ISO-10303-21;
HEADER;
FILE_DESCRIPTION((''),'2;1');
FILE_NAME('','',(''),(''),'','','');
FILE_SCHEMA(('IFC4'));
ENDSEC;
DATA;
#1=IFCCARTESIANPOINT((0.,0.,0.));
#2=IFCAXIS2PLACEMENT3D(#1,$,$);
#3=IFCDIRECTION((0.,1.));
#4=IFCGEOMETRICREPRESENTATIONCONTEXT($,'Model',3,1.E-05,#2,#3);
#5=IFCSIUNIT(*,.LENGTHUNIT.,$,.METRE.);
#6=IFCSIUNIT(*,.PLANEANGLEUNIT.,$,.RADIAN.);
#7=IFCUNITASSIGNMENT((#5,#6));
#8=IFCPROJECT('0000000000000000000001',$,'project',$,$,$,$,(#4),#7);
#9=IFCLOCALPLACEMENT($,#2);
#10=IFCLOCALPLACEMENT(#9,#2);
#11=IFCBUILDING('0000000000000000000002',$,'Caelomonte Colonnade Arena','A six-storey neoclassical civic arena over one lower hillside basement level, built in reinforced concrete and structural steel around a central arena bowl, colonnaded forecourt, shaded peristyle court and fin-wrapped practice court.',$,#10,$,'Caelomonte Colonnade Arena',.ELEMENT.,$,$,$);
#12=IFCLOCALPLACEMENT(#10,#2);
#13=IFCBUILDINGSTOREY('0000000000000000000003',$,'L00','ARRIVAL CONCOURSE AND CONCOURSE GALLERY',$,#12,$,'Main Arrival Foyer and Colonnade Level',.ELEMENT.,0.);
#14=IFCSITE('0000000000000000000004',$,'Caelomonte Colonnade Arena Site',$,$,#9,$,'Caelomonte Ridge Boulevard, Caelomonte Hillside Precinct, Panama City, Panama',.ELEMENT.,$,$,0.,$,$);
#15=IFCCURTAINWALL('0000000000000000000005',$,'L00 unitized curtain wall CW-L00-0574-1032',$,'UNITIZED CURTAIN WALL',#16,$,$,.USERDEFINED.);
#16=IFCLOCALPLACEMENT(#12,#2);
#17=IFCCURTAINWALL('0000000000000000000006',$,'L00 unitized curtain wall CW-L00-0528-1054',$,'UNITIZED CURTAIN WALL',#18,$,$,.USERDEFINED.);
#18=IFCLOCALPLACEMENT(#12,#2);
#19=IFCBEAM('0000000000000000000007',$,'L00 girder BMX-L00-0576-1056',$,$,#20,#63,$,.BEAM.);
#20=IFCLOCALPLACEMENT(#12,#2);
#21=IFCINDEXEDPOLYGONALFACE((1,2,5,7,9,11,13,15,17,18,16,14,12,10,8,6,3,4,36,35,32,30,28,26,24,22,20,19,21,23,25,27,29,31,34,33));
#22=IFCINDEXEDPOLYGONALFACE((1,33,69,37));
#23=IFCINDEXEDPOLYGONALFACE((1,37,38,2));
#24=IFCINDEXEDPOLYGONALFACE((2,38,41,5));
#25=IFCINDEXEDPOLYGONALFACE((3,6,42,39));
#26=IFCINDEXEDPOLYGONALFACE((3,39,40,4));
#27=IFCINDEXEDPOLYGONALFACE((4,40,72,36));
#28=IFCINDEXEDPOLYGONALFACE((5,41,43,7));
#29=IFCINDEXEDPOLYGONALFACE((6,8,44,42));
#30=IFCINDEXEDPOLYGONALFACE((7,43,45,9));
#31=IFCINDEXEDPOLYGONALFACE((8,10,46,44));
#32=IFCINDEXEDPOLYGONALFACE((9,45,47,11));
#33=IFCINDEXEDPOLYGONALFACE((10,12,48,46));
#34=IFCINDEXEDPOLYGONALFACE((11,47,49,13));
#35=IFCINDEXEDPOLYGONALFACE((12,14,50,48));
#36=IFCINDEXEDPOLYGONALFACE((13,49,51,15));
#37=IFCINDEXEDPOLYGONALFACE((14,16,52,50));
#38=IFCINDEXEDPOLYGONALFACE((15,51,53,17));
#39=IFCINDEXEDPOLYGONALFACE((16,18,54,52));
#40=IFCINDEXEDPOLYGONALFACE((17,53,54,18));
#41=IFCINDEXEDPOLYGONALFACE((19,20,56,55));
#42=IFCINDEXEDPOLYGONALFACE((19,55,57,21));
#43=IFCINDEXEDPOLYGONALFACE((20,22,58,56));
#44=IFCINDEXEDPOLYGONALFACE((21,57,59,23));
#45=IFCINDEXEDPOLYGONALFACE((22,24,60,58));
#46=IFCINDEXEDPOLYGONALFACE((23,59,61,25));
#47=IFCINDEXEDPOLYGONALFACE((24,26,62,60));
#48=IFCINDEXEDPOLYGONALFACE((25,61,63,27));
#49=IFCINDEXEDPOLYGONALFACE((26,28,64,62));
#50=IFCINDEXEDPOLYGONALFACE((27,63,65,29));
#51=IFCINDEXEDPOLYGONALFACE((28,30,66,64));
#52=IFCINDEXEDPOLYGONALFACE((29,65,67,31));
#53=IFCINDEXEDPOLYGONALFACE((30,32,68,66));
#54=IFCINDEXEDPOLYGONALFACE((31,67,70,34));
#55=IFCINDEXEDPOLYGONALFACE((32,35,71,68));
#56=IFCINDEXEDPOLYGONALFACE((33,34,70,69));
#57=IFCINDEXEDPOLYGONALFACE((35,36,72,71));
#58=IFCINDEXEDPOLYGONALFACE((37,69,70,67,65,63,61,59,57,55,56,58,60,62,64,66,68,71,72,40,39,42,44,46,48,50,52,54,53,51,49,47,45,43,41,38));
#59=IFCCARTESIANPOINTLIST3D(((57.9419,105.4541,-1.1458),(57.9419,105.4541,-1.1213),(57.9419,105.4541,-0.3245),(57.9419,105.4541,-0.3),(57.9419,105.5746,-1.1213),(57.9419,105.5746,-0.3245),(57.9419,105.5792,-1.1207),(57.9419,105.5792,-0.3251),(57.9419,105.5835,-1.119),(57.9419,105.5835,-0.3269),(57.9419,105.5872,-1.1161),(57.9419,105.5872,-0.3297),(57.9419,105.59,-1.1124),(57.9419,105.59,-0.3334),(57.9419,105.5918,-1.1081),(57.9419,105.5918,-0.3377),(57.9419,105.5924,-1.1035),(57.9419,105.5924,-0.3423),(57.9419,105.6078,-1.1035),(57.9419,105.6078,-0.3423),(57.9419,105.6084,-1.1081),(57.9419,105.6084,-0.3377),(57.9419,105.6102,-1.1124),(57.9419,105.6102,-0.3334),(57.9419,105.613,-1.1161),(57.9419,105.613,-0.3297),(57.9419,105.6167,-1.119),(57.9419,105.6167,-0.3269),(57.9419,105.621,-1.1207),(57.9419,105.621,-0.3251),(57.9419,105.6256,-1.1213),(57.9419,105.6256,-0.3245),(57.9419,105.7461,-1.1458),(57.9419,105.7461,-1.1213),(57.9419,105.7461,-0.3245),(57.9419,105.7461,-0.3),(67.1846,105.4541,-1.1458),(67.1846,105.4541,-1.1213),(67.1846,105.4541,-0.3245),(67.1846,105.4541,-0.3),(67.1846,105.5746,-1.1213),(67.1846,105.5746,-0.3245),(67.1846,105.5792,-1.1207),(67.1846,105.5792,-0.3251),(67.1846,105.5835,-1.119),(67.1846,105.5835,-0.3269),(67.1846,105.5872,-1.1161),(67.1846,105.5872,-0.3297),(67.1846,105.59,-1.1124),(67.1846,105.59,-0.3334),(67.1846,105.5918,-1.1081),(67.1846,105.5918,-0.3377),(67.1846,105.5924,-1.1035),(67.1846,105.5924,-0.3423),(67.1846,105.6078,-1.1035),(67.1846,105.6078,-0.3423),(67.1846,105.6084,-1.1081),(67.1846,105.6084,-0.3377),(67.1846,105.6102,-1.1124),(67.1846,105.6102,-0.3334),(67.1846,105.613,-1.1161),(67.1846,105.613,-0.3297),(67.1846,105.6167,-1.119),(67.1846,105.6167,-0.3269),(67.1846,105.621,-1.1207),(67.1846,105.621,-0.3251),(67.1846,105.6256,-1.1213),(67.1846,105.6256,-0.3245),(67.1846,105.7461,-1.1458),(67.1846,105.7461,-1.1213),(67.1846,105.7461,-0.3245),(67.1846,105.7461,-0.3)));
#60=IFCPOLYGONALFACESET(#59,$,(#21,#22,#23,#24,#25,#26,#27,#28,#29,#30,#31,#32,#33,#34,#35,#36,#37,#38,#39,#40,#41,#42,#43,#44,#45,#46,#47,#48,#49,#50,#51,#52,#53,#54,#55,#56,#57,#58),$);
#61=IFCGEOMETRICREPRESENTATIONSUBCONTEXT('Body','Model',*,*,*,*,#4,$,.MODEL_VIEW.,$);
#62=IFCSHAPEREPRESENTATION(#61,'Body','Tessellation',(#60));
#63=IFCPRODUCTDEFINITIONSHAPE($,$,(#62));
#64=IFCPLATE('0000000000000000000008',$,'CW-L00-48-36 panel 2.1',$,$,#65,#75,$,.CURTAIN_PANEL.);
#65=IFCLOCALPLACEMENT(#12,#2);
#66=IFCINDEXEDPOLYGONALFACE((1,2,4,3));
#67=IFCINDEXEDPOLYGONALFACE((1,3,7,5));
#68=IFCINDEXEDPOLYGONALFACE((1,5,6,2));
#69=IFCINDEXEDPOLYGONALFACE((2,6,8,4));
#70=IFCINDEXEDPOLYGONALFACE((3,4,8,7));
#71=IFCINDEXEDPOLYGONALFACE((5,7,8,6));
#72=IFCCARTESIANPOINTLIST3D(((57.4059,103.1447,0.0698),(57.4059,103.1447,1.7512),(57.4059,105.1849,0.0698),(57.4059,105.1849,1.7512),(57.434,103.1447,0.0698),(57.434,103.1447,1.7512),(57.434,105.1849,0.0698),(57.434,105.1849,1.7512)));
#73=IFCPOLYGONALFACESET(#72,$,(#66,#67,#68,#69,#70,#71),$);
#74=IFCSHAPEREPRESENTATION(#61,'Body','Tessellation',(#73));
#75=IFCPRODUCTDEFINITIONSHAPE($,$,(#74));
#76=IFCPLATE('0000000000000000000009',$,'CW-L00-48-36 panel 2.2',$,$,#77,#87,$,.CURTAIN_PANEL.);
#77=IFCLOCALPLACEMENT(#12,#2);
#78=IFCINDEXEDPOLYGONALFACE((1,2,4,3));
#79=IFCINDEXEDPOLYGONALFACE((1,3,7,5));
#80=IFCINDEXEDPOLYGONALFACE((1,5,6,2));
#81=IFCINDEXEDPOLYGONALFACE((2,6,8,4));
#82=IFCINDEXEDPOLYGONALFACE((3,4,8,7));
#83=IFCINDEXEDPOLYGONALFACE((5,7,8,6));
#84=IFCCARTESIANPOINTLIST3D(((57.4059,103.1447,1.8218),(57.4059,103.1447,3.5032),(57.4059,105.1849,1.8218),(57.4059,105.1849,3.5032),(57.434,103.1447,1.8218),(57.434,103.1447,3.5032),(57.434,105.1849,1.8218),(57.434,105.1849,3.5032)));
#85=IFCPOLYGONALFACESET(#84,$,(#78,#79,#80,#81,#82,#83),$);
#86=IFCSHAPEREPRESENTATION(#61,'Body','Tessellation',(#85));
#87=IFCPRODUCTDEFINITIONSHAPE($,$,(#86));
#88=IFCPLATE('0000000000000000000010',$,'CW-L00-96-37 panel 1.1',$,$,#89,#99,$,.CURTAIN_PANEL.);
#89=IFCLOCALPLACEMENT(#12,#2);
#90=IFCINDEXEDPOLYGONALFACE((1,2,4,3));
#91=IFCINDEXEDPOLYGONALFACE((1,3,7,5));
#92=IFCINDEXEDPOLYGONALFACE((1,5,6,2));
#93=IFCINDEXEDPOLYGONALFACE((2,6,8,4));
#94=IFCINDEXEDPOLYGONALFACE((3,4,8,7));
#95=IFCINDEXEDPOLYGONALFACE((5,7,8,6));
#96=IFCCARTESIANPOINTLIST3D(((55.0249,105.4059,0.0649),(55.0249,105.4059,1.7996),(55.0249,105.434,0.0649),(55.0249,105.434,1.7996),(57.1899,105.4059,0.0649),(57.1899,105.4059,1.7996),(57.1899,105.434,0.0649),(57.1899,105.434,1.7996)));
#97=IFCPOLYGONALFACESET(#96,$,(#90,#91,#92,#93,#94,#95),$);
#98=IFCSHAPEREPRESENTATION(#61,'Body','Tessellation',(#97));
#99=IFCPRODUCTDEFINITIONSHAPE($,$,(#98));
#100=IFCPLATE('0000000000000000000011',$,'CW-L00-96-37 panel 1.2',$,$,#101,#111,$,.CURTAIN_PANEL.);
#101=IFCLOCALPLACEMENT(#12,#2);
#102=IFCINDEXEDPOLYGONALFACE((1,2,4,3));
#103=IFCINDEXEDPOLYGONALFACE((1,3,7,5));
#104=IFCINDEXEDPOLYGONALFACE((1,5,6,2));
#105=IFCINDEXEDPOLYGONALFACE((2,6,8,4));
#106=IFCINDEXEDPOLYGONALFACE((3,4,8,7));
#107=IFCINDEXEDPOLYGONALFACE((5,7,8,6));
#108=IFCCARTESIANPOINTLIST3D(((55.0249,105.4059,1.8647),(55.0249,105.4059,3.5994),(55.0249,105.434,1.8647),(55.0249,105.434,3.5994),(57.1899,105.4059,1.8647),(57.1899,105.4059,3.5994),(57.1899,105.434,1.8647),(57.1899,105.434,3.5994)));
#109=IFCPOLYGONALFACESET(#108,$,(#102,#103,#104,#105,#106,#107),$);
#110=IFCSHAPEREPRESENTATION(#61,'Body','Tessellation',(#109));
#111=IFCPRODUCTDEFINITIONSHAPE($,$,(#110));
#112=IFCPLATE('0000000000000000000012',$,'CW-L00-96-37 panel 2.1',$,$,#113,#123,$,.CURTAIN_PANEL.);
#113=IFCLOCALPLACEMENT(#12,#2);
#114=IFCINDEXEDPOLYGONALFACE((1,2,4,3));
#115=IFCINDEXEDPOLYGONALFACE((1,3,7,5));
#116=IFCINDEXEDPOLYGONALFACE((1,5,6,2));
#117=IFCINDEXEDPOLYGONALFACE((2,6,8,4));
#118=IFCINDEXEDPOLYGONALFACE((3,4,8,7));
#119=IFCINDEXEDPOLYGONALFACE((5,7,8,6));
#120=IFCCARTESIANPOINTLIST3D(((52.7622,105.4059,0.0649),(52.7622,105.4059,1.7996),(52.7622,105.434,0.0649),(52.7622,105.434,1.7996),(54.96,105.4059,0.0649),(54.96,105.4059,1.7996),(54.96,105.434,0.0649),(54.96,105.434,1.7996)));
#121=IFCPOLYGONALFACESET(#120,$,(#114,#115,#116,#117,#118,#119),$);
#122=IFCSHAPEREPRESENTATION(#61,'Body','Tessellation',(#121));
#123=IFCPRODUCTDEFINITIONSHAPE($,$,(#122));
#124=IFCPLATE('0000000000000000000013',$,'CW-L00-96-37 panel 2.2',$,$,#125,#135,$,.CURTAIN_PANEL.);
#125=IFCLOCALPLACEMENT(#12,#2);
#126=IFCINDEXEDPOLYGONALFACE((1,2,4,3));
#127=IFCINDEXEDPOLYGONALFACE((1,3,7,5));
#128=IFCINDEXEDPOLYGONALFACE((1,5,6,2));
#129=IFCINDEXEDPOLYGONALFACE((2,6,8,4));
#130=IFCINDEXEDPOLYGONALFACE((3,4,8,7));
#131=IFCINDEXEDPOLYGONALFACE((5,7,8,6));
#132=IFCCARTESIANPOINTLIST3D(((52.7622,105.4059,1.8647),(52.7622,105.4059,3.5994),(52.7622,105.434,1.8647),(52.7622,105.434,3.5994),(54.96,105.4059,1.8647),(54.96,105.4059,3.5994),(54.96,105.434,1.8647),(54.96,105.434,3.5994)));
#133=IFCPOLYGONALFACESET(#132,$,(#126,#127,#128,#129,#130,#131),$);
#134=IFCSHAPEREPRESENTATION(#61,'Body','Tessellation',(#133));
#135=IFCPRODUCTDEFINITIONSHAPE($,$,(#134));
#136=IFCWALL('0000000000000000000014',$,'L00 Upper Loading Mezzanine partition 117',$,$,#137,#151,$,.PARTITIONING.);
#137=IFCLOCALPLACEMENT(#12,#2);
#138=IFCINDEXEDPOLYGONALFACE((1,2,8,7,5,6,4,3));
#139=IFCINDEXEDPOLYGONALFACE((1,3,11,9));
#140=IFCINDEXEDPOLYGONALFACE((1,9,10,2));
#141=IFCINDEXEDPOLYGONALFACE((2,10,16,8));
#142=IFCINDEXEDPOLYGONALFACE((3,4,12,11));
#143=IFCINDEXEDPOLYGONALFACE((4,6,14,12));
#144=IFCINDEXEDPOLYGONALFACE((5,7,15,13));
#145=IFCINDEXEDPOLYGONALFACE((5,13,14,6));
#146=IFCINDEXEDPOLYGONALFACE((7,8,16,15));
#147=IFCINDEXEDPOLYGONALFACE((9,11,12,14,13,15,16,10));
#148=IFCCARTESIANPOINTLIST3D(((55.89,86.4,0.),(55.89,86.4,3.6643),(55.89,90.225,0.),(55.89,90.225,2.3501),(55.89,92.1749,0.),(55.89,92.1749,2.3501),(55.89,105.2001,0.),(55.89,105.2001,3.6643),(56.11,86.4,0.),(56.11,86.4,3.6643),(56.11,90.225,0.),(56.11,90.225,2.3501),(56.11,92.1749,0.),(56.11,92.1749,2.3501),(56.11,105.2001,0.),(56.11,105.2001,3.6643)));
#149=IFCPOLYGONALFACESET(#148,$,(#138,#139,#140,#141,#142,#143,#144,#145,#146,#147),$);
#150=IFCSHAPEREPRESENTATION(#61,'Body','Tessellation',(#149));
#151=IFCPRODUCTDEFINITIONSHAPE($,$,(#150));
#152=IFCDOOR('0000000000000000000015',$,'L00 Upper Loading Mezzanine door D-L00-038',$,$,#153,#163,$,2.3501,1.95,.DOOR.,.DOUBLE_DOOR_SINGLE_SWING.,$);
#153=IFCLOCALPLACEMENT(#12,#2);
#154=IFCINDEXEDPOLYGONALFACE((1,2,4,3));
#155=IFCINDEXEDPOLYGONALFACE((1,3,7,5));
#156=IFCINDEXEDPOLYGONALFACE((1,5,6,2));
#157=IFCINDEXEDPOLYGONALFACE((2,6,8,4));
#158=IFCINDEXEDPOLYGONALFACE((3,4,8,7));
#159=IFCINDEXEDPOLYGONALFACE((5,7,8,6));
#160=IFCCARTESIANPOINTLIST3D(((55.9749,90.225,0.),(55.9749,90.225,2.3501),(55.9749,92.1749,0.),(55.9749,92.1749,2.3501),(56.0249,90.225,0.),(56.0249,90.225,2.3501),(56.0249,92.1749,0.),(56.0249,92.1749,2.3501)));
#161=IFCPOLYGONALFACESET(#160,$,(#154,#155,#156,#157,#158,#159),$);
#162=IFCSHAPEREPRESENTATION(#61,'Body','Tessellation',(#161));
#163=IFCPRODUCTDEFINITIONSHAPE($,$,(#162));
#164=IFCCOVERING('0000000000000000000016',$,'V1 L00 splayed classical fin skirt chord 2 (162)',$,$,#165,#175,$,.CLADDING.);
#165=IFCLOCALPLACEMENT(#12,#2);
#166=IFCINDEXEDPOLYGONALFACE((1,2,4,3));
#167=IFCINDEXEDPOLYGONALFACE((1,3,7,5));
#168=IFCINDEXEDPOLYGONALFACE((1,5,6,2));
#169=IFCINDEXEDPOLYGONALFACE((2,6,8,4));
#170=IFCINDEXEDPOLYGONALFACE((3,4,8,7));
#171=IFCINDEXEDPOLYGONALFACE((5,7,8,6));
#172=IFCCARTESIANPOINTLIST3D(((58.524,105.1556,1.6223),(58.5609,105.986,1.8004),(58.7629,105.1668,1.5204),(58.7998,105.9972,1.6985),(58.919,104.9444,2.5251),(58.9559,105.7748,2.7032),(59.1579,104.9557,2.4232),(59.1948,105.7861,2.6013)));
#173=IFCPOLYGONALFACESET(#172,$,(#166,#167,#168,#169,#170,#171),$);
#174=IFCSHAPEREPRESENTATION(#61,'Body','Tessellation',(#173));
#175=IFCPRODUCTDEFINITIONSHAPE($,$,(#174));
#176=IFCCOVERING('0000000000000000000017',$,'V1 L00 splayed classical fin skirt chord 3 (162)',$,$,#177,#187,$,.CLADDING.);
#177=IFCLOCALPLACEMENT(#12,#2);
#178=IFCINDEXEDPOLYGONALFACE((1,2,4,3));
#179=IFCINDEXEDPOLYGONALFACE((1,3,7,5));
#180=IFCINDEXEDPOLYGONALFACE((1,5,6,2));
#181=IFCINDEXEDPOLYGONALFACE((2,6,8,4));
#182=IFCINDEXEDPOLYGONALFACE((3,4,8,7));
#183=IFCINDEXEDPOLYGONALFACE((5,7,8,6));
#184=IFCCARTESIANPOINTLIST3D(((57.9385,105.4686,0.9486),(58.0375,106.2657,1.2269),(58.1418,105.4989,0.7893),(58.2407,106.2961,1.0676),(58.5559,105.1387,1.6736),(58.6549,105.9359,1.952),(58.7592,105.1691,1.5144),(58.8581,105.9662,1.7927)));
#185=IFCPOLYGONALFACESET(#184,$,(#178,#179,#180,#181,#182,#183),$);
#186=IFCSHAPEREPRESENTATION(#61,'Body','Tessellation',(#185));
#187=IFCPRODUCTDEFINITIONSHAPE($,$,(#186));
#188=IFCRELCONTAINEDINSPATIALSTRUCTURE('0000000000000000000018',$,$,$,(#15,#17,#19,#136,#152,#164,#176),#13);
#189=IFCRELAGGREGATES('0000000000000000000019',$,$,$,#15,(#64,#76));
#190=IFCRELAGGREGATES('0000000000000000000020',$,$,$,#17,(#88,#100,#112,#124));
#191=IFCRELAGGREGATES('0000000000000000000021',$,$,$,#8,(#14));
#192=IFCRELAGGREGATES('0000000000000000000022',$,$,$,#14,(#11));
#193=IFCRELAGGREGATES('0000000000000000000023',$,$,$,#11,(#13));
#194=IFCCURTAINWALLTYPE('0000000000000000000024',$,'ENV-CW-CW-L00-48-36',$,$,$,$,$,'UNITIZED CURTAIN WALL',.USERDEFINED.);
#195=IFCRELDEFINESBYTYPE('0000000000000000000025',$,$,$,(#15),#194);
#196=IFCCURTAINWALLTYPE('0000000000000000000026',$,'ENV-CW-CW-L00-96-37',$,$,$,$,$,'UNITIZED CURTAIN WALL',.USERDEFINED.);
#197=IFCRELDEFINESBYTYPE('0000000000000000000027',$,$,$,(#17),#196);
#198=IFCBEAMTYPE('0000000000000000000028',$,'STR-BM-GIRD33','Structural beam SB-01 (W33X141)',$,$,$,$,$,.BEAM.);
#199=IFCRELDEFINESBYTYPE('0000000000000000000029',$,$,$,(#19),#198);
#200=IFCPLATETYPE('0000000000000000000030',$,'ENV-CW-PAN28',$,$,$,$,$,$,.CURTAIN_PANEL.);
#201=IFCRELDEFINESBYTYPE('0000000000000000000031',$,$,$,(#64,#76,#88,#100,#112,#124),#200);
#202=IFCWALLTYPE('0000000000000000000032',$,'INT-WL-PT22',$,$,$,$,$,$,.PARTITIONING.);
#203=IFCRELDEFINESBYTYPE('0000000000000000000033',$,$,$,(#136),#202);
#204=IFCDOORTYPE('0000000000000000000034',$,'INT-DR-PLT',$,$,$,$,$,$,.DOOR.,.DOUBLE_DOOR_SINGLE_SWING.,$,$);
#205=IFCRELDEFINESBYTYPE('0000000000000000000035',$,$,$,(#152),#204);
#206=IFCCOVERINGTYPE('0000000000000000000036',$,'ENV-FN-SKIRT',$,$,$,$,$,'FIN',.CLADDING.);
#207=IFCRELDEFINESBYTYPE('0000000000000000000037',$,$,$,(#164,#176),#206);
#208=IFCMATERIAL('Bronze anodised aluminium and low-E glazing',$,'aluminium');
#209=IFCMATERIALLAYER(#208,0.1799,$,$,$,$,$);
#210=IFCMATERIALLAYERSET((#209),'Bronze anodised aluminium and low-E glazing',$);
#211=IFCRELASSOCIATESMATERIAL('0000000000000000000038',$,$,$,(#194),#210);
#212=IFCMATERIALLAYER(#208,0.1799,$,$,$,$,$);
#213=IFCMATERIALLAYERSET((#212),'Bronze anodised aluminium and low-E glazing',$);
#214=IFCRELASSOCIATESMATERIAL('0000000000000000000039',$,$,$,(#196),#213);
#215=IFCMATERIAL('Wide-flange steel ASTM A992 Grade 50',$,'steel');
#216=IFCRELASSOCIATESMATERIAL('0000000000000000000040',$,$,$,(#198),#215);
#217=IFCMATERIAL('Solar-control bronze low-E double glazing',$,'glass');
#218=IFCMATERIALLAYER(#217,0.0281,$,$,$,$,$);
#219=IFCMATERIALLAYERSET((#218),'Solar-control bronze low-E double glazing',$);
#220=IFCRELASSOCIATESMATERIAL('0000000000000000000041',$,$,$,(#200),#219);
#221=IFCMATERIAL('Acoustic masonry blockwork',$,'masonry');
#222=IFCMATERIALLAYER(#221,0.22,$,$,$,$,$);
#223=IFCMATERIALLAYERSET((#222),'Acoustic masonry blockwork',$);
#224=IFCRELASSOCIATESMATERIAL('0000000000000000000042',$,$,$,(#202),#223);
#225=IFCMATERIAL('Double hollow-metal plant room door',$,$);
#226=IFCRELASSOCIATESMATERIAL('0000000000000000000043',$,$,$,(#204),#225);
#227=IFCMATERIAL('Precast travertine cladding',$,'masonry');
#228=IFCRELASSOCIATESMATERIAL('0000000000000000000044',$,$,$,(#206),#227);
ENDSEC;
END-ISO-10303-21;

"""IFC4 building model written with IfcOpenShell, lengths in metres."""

from ifc_helpers import new_model, si_unit, direction, frame, frame_2d, origin, origin_2d, place, context, subcontext, project, spatial, rectangle, i_section, extrude, material, layer, layer_set, material_profile, profile_set, type_object, element, fill, aggregate, save


model = new_model("IFC4")

# Units and contexts
model_context = context("Model", 3, precision=1e-05, world=origin(), true_north=direction((0.0, 1.0)))
body_context = subcontext(model_context, "Body", "Model", "MODEL_VIEW")
ifc_project = project(units=[si_unit("LENGTHUNIT", "METRE"), si_unit("PLANEANGLEUNIT", "RADIAN")], contexts=[model_context])

# Site, building, storey
site_placement = place(None, origin())
site = spatial("IfcSite", under=ifc_project, at=site_placement, Name="Caelomonte Colonnade Arena Site", LongName="Caelomonte Ridge Boulevard, Caelomonte Hillside Precinct, Panama City, Panama", CompositionType="ELEMENT", RefElevation=0.0)
building_placement = place(site_placement, origin())
building = spatial("IfcBuilding", under=site, at=building_placement, Name="Caelomonte Colonnade Arena", Description="A six-storey neoclassical civic arena over one lower hillside basement level, built in reinforced concrete and structural steel around a central arena bowl, colonnaded forecourt, shaded peristyle court and fin-wrapped practice court.", LongName="Caelomonte Colonnade Arena", CompositionType="ELEMENT")
storey_placement = place(building_placement, origin())
storey = spatial("IfcBuildingStorey", under=building, at=storey_placement, Name="L00", Description="ARRIVAL CONCOURSE AND CONCOURSE GALLERY", LongName="Main Arrival Foyer and Colonnade Level", CompositionType="ELEMENT", Elevation=0.0)

# Curtain wall
ifc_material_1 = material(Name="Bronze anodised aluminium and low-E glazing", Category="aluminium")
ifc_layer_1 = layer(ifc_material_1, 0.1799)
ifc_layer_set_1 = layer_set([ifc_layer_1], Name="Bronze anodised aluminium and low-E glazing")
curtain_wall_type_1 = type_object("IfcCurtainWallType", Name="ENV-CW-CW-L00-48-36", ElementType="UNITIZED CURTAIN WALL", PredefinedType="USERDEFINED", material=ifc_layer_set_1)
curtain_wall_1_placement = place(storey_placement, origin())
curtain_wall_1 = element("IfcCurtainWall", 1, at=curtain_wall_1_placement, inside=storey, type_object=curtain_wall_type_1, Name="L00 unitized curtain wall CW-L00-0574-1032", ObjectType="UNITIZED CURTAIN WALL", PredefinedType="USERDEFINED")

# Curtain wall
ifc_layer_2 = layer(ifc_material_1, 0.1799)
ifc_layer_set_2 = layer_set([ifc_layer_2], Name="Bronze anodised aluminium and low-E glazing")
curtain_wall_type_2 = type_object("IfcCurtainWallType", Name="ENV-CW-CW-L00-96-37", ElementType="UNITIZED CURTAIN WALL", PredefinedType="USERDEFINED", material=ifc_layer_set_2)
curtain_wall_2_placement = place(storey_placement, origin())
curtain_wall_2 = element("IfcCurtainWall", 2, at=curtain_wall_2_placement, inside=storey, type_object=curtain_wall_type_2, Name="L00 unitized curtain wall CW-L00-0528-1054", ObjectType="UNITIZED CURTAIN WALL", PredefinedType="USERDEFINED")

# Beam
ifc_material_2 = material(Name="Wide-flange steel ASTM A992 Grade 50", Category="steel")
ifc_material_profile_1 = material_profile(ifc_material_2, i_section(OverallWidth=0.292, OverallDepth=0.8457, WebThickness=0.0154, FlangeThickness=0.0244, FilletRadius=0.0178, at=origin_2d()), Name="W33X141")
ifc_profile_set_1 = profile_set([ifc_material_profile_1], Name="Wide-flange steel ASTM A992 Grade 50")
beam_type = type_object("IfcBeamType", Name="STR-BM-GIRD33", Description="Structural beam SB-01 (W33X141)", PredefinedType="BEAM", material=ifc_profile_set_1)
beam_placement = place(storey_placement, frame((57.9419, 105.6001, -0.7229), z_axis=(1.0, 0.0, 0.0), x_axis=(0.0, 1.0, 0.0)))
element("IfcBeam", 3, at=beam_placement, inside=storey, type_object=beam_type, Name="L00 girder BMX-L00-0576-1056", PredefinedType="BEAM", context=body_context, shape_type="SweptSolid", body=[
    extrude(i_section(OverallWidth=0.292, OverallDepth=0.8457, WebThickness=0.0154, FlangeThickness=0.0244, FilletRadius=0.0178, at=origin_2d()), origin(), (0.0, 0.0, 1.0), 9.2427),
])

# Plates
ifc_material_3 = material(Name="Solar-control bronze low-E double glazing", Category="glass")
ifc_layer_3 = layer(ifc_material_3, 0.0281)
ifc_layer_set_3 = layer_set([ifc_layer_3], Name="Solar-control bronze low-E double glazing")
plate_type = type_object("IfcPlateType", Name="ENV-CW-PAN28", PredefinedType="CURTAIN_PANEL", material=ifc_layer_set_3)
plate_1_placement = place(storey_placement, frame((57.4199, 104.1648, 0.0698), z_axis=(0.0, 0.0, 1.0), x_axis=(0.0, 1.0, 0.0)))
plate_1 = element("IfcPlate", 4, at=plate_1_placement, type_object=plate_type, Name="CW-L00-48-36 panel 2.1", PredefinedType="CURTAIN_PANEL", context=body_context, shape_type="SweptSolid", body=[
    extrude(rectangle(XDim=2.0403, YDim=0.0281, at=origin_2d()), origin(), (0.0, 0.0, 1.0), 1.6814),
])
plate_2_placement = place(storey_placement, frame((57.4199, 104.1648, 1.8218), z_axis=(0.0, 0.0, 1.0), x_axis=(0.0, 1.0, 0.0)))
plate_2 = element("IfcPlate", 5, at=plate_2_placement, type_object=plate_type, Name="CW-L00-48-36 panel 2.2", PredefinedType="CURTAIN_PANEL", context=body_context, shape_type="SweptSolid", body=[
    extrude(rectangle(XDim=2.0403, YDim=0.0281, at=origin_2d()), origin(), (0.0, 0.0, 1.0), 1.6814),
])
aggregate(curtain_wall_1, [plate_1, plate_2])
plate_3_placement = place(storey_placement, frame((56.1074, 105.4199, 0.0649), z_axis=(0.0, 0.0, 1.0), x_axis=(-1.0, 0.0, 0.0)))
plate_3 = element("IfcPlate", 6, at=plate_3_placement, type_object=plate_type, Name="CW-L00-96-37 panel 1.1", PredefinedType="CURTAIN_PANEL", context=body_context, shape_type="SweptSolid", body=[
    extrude(rectangle(XDim=2.165, YDim=0.0281, at=origin_2d()), origin(), (0.0, 0.0, 1.0), 1.7346),
])
plate_4_placement = place(storey_placement, frame((56.1074, 105.4199, 1.8647), z_axis=(0.0, 0.0, 1.0), x_axis=(-1.0, 0.0, 0.0)))
plate_4 = element("IfcPlate", 7, at=plate_4_placement, type_object=plate_type, Name="CW-L00-96-37 panel 1.2", PredefinedType="CURTAIN_PANEL", context=body_context, shape_type="SweptSolid", body=[
    extrude(rectangle(XDim=2.165, YDim=0.0281, at=origin_2d()), origin(), (0.0, 0.0, 1.0), 1.7346),
])
plate_5_placement = place(storey_placement, frame((53.8611, 105.4199, 0.0649), z_axis=(0.0, 0.0, 1.0), x_axis=(-1.0, 0.0, 0.0)))
plate_5 = element("IfcPlate", 8, at=plate_5_placement, type_object=plate_type, Name="CW-L00-96-37 panel 2.1", PredefinedType="CURTAIN_PANEL", context=body_context, shape_type="SweptSolid", body=[
    extrude(rectangle(XDim=2.1978, YDim=0.0281, at=origin_2d()), origin(), (0.0, 0.0, 1.0), 1.7346),
])
plate_6_placement = place(storey_placement, frame((53.8611, 105.4199, 1.8647), z_axis=(0.0, 0.0, 1.0), x_axis=(-1.0, 0.0, 0.0)))
plate_6 = element("IfcPlate", 9, at=plate_6_placement, type_object=plate_type, Name="CW-L00-96-37 panel 2.2", PredefinedType="CURTAIN_PANEL", context=body_context, shape_type="SweptSolid", body=[
    extrude(rectangle(XDim=2.1978, YDim=0.0281, at=origin_2d()), origin(), (0.0, 0.0, 1.0), 1.7346),
])
aggregate(curtain_wall_2, [plate_3, plate_4, plate_5, plate_6])

# Wall, opening, door
ifc_material_4 = material(Name="Acoustic masonry blockwork", Category="masonry")
ifc_layer_4 = layer(ifc_material_4, 0.22)
ifc_layer_set_4 = layer_set([ifc_layer_4], Name="Acoustic masonry blockwork")
wall_type = type_object("IfcWallType", Name="INT-WL-PT22", PredefinedType="PARTITIONING", material=ifc_layer_set_4)
wall_placement = place(storey_placement, frame((56.0, 105.2, 0.0), z_axis=(0.0, 0.0, 1.0), x_axis=(0.0, -1.0, 0.0)))
wall = element("IfcWall", 10, at=wall_placement, inside=storey, type_object=wall_type, Name="L00 Upper Loading Mezzanine partition 117", PredefinedType="PARTITIONING", context=body_context, shape_type="SweptSolid", body=[
    extrude(rectangle(XDim=18.8, YDim=0.22, at=frame_2d((9.3999, 0.0))), origin(), (0.0, 0.0, 1.0), 3.6643),
])
opening_placement = place(wall_placement, frame((13.0249, 0.0, 0.0), z_axis=(0.0, 0.0, 1.0), x_axis=(1.0, 0.0, 0.0)))
opening = element("IfcOpeningElement", 11, at=opening_placement, cuts=wall, PredefinedType="OPENING", context=body_context, shape_type="SweptSolid", body=[
    extrude(rectangle(XDim=1.95, YDim=2.3501, at=frame_2d((0.9751, 1.175))), frame((0.0, 0.1199, 0.0), z_axis=(0.0, -1.0, 0.0), x_axis=(1.0, 0.0, 0.0)), (0.0, 0.0, 1.0), 0.24),
])
ifc_material_5 = material(Name="Double hollow-metal plant room door")
door_type = type_object("IfcDoorType", Name="INT-DR-PLT", OperationType="DOUBLE_DOOR_SINGLE_SWING", PredefinedType="DOOR", material=ifc_material_5)
door_placement = place(opening_placement, origin())
door = element("IfcDoor", 12, at=door_placement, inside=storey, type_object=door_type, Name="L00 Upper Loading Mezzanine door D-L00-038", OperationType="DOUBLE_DOOR_SINGLE_SWING", OverallHeight=2.3501, OverallWidth=1.95, PredefinedType="DOOR", context=body_context, shape_type="SweptSolid", body=[
    extrude(rectangle(XDim=1.95, YDim=2.3501, at=frame_2d((0.9751, 1.175))), frame((0.0, 0.0249, 0.0), z_axis=(0.0, -1.0, 0.0), x_axis=(1.0, 0.0, 0.0)), (0.0, 0.0, 1.0), 0.05),
])
fill(opening, door)

# Coverings
ifc_material_6 = material(Name="Precast travertine cladding", Category="masonry")
ifc_material_profile_2 = material_profile(ifc_material_6, rectangle(XDim=0.26, YDim=0.8501, at=origin_2d()), Name="FIN260X850")
ifc_profile_set_2 = profile_set([ifc_material_profile_2], Name="Precast travertine cladding")
covering_type = type_object("IfcCoveringType", Name="ENV-FN-SKIRT", ElementType="FIN", PredefinedType="CLADDING", material=ifc_profile_set_2)
for number, where, z_axis, x_axis, name in (
    (13, (59.0569, 105.3652, 2.5632), (-0.391946, 0.209539, -0.895808), (-0.918964, -0.043245, 0.391962), "V1 L00 splayed classical fin skirt chord 2 (162)"),
    (14, (58.707, 105.5525, 1.7332), (-0.612617, 0.327262, -0.719444), (-0.78176, -0.116824, 0.612539), "V1 L00 splayed classical fin skirt chord 3 (162)"),
):
    element("IfcCovering", number, at=place(storey_placement, frame(where, z_axis=z_axis, x_axis=x_axis)), inside=storey, type_object=covering_type, Name=name, PredefinedType="CLADDING", context=body_context, shape_type="SweptSolid", body=[
        extrude(rectangle(XDim=0.26, YDim=0.8501, at=origin_2d()), origin(), (0.0, 0.0, 1.0), 1.0078),
    ])

save(model, "model.ifc")
